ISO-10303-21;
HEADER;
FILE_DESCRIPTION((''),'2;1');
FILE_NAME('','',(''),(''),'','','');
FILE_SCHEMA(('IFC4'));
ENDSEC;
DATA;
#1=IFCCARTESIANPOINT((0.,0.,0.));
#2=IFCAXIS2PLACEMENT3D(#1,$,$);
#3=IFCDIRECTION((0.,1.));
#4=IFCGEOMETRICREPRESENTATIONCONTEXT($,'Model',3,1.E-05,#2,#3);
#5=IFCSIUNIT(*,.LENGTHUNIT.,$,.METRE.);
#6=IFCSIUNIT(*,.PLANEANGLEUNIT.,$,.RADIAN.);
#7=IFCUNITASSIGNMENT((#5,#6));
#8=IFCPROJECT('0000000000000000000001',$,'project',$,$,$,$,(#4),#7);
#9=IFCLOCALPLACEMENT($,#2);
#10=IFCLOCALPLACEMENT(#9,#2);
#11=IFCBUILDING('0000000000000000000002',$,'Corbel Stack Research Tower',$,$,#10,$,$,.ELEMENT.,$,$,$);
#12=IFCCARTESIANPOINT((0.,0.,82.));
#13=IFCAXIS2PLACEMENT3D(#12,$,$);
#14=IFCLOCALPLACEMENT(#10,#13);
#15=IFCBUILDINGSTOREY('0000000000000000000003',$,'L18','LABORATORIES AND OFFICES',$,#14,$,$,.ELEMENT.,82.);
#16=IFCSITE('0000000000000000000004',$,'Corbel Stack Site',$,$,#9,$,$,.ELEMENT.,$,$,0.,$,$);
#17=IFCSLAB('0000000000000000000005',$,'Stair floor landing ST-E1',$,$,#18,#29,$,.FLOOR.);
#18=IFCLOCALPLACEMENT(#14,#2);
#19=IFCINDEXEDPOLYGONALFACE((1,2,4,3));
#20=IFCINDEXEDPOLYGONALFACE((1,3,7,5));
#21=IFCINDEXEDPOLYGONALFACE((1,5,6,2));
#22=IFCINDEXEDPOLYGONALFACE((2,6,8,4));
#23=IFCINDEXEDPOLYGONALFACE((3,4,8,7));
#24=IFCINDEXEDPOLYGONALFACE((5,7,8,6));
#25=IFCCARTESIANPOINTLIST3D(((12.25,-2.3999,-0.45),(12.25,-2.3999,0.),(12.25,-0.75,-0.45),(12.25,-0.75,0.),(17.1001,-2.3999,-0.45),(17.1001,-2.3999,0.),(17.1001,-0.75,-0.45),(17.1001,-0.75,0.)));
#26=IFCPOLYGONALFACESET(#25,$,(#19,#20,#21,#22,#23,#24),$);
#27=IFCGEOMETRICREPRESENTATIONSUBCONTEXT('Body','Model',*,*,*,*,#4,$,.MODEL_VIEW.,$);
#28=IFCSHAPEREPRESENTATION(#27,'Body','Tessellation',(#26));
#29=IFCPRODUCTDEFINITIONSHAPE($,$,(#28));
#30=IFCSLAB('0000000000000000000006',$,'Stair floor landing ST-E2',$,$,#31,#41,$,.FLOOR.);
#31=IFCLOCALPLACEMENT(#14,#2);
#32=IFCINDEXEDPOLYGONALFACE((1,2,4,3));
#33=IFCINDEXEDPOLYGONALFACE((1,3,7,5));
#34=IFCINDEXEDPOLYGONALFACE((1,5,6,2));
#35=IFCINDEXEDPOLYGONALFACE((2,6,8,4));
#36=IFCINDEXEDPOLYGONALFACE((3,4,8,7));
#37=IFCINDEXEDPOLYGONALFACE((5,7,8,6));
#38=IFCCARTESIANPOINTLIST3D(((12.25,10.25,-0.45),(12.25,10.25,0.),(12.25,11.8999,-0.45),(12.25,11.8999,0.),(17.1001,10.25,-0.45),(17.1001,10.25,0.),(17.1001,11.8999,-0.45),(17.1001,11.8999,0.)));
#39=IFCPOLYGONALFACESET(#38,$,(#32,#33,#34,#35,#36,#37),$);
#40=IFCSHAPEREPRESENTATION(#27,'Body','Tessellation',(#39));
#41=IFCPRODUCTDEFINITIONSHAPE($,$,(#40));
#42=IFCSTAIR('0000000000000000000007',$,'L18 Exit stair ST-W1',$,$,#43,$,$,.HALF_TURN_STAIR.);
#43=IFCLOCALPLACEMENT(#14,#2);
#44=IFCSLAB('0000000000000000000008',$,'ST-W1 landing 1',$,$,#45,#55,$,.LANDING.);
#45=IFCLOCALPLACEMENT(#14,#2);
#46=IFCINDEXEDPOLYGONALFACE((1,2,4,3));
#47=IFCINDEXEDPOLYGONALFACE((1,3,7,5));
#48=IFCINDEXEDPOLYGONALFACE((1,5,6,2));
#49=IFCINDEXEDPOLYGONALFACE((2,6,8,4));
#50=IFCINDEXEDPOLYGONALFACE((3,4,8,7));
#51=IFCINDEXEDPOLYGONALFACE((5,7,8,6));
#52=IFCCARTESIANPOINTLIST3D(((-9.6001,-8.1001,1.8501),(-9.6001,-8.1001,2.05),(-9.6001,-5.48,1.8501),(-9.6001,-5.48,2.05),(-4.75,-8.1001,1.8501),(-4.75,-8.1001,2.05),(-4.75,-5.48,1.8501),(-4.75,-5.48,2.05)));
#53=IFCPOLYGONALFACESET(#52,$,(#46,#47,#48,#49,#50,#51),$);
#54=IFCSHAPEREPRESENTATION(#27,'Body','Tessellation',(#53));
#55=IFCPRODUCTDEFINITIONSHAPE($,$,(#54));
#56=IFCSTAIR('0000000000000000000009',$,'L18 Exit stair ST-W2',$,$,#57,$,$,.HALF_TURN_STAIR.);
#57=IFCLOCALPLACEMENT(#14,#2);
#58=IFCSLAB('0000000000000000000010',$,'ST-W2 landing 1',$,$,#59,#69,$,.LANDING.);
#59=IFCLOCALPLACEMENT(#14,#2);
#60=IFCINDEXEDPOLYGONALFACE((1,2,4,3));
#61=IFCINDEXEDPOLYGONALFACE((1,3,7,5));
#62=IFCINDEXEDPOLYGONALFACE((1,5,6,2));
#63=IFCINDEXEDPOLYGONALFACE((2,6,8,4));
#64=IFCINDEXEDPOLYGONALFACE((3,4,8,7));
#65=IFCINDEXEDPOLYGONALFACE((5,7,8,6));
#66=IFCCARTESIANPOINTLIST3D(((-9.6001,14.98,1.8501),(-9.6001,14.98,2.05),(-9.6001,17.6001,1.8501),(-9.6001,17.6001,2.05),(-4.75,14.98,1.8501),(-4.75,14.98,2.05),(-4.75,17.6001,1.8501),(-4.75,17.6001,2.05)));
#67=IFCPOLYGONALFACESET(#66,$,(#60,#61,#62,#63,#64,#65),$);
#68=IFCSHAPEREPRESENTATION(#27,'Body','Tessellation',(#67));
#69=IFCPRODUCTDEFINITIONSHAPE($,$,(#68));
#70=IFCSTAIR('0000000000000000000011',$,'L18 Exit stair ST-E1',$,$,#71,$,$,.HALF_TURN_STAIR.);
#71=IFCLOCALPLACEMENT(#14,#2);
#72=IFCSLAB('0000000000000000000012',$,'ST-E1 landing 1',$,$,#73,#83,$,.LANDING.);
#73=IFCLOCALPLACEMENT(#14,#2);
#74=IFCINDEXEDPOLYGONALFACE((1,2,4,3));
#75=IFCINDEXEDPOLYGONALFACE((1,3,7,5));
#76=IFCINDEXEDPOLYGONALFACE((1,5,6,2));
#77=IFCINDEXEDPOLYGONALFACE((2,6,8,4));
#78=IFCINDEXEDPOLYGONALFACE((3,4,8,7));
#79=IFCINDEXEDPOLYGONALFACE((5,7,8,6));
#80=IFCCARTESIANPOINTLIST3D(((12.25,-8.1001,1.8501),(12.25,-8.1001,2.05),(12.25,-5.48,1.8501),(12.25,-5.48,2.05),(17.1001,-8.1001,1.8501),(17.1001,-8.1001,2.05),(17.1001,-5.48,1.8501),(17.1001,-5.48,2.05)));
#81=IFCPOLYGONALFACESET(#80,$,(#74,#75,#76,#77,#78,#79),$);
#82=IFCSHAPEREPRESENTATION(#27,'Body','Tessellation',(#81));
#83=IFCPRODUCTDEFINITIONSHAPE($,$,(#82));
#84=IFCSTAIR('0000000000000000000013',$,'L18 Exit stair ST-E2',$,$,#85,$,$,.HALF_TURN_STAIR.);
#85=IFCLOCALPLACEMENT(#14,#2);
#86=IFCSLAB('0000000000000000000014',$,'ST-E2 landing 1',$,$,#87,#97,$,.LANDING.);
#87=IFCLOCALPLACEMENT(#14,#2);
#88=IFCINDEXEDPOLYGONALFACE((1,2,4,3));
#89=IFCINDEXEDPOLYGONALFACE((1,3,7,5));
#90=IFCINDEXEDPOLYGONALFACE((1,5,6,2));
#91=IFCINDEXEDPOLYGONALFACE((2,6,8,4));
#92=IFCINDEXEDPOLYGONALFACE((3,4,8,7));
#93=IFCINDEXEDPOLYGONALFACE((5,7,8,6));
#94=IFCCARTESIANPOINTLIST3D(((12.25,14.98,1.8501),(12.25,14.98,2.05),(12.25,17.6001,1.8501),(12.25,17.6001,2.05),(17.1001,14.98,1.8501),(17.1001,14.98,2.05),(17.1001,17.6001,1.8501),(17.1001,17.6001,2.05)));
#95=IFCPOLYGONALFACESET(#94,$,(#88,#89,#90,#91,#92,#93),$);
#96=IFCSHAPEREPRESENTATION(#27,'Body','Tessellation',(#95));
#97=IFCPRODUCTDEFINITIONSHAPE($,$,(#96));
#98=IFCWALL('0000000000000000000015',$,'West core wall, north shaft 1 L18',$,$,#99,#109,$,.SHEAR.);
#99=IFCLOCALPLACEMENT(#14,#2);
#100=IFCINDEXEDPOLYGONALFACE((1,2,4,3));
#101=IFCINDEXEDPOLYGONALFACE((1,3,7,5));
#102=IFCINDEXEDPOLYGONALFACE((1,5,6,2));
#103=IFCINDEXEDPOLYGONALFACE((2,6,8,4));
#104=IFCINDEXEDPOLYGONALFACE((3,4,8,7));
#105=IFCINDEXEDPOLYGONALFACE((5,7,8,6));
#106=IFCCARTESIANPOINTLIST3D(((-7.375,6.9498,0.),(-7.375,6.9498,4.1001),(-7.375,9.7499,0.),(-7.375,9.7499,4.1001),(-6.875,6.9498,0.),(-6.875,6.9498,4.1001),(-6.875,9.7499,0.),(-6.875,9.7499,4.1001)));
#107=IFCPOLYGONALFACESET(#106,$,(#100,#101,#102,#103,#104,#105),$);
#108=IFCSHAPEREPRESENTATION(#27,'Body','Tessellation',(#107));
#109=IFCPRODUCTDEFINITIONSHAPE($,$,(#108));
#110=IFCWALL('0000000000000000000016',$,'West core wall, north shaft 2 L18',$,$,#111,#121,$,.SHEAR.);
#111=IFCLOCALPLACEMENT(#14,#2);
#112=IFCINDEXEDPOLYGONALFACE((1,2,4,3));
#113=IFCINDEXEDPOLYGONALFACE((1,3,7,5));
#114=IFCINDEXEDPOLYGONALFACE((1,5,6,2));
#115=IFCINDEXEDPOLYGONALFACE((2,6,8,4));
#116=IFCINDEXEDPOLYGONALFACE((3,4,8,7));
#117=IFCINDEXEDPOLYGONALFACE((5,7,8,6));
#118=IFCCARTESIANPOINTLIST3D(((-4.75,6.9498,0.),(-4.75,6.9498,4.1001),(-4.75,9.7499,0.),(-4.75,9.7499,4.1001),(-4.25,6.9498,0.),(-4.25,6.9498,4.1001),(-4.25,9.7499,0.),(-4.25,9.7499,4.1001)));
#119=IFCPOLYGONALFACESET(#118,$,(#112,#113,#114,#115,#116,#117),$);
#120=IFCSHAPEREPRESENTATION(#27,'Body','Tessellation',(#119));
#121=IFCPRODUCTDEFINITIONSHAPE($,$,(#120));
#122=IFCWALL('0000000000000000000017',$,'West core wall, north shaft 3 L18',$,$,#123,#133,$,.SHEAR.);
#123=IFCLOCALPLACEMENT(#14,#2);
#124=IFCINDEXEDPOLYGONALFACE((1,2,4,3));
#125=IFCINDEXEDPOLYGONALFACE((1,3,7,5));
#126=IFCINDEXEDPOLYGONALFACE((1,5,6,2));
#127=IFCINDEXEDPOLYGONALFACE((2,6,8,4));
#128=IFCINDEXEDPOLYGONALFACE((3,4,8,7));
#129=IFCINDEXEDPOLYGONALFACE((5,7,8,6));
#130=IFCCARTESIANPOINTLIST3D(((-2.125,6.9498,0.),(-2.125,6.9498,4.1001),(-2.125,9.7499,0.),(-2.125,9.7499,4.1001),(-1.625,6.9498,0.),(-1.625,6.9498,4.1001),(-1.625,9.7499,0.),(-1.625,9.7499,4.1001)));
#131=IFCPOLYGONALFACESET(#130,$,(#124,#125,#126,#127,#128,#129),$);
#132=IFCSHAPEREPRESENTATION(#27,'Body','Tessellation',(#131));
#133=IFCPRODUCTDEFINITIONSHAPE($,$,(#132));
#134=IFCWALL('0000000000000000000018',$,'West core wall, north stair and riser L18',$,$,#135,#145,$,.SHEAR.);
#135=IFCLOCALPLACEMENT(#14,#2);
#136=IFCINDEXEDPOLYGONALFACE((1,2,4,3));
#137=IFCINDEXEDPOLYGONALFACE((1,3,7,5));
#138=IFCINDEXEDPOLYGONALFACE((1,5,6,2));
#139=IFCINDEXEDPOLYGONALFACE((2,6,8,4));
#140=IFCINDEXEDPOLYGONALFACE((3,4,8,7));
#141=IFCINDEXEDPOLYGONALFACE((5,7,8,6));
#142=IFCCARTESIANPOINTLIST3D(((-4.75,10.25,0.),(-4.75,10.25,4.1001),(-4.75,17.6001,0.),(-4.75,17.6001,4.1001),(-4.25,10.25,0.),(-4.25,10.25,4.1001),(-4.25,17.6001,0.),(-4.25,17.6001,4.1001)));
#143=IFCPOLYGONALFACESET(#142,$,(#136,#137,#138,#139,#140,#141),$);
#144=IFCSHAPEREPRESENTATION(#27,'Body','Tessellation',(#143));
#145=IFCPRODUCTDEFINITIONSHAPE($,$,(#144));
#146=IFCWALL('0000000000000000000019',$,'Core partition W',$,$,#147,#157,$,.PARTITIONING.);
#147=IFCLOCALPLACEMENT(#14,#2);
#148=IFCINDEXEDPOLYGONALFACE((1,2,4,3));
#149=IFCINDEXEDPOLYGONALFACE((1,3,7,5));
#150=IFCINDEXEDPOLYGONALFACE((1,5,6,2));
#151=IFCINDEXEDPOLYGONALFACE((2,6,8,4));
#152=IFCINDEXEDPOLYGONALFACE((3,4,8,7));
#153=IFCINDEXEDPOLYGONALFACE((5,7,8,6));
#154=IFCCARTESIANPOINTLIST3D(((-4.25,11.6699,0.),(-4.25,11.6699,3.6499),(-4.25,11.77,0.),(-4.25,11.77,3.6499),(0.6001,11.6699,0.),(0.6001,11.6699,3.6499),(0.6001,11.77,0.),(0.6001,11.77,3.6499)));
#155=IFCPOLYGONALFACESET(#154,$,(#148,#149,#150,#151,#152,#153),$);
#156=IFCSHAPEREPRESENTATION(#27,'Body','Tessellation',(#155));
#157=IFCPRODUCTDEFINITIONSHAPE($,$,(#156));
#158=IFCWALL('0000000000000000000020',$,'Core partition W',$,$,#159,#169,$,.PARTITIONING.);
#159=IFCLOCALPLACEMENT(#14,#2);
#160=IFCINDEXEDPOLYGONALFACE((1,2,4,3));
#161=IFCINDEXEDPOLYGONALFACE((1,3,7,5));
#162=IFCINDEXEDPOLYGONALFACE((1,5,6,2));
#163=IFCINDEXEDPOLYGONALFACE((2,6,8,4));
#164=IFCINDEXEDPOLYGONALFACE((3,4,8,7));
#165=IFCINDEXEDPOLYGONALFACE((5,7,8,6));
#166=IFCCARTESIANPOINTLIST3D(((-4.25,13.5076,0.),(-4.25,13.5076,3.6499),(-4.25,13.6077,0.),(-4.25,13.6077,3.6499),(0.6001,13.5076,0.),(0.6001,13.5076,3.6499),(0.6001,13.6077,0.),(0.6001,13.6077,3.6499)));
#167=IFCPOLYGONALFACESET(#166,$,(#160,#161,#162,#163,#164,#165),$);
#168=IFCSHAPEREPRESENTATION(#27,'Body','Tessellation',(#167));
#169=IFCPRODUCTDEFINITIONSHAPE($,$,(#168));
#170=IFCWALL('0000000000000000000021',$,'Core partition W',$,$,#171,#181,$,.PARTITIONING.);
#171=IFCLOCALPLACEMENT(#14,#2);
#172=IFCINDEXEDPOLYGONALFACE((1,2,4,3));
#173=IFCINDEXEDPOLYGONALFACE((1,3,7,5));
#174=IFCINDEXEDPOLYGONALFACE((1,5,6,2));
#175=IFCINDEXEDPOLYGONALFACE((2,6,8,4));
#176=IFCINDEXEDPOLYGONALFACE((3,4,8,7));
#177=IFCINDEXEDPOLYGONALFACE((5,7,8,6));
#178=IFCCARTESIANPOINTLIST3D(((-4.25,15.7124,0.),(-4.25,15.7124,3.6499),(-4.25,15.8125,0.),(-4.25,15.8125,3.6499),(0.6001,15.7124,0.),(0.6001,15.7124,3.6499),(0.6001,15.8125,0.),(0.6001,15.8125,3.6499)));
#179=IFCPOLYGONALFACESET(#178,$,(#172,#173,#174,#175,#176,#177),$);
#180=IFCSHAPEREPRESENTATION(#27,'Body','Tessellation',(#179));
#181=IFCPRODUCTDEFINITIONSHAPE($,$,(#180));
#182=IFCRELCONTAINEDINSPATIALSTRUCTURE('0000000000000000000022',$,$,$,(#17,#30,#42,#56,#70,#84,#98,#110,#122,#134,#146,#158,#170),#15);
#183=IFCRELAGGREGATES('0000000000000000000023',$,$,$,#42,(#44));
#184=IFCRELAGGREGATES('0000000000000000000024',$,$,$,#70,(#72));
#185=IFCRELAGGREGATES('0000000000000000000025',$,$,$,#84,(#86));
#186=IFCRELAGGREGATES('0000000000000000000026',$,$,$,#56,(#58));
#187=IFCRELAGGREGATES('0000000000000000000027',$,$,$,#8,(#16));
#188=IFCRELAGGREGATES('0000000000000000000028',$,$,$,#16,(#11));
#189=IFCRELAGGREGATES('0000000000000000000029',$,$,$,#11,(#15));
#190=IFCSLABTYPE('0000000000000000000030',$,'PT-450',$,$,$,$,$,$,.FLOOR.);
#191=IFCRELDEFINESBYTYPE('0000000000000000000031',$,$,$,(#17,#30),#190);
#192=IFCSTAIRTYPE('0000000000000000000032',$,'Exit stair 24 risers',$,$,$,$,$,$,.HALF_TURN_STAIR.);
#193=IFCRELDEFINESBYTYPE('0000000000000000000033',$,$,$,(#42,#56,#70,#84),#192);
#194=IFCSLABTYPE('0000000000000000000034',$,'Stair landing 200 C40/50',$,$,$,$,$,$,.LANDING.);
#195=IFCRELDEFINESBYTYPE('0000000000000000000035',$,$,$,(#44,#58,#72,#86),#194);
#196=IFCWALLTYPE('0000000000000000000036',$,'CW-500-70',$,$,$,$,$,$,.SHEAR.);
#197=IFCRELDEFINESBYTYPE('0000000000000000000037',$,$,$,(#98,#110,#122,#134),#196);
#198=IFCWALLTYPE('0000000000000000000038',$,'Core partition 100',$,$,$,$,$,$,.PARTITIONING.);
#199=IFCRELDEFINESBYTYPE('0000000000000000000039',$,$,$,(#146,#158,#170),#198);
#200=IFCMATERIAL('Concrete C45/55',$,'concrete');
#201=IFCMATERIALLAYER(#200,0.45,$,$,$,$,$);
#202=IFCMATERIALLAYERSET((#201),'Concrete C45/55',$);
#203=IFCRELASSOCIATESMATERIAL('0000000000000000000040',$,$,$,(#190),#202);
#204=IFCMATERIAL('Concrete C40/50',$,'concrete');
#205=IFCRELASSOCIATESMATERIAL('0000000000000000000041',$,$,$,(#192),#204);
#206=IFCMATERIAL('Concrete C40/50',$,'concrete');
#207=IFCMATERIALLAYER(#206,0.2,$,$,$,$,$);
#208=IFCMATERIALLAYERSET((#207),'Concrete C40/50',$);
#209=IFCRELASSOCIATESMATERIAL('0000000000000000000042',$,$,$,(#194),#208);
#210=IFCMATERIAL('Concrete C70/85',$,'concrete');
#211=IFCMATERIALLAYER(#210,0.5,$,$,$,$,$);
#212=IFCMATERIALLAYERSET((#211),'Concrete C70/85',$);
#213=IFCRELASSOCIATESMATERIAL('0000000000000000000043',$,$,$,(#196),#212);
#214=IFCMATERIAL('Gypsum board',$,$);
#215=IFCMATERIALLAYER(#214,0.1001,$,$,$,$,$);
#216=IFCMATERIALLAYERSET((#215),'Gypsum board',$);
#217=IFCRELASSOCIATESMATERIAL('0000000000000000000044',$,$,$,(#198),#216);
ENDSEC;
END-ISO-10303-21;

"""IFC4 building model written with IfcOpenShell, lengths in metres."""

from ifc_helpers import new_model, si_unit, direction, frame, frame_2d, origin, place, context, subcontext, project, spatial, polyline, rectangle, outline, extrude, material, layer, layer_set, type_object, element, aggregate, save


model = new_model("IFC4")

# Units and contexts
model_context = context("Model", 3, precision=1e-05, world=origin(), true_north=direction((0.0, 1.0)))
body_context = subcontext(model_context, "Body", "Model", "MODEL_VIEW")
ifc_project = project(units=[si_unit("LENGTHUNIT", "METRE"), si_unit("PLANEANGLEUNIT", "RADIAN")], contexts=[model_context])

# Site, building, storey
site_placement = place(None, origin())
site = spatial("IfcSite", under=ifc_project, at=site_placement, Name="Corbel Stack Site", CompositionType="ELEMENT", RefElevation=0.0)
building_placement = place(site_placement, origin())
building = spatial("IfcBuilding", under=site, at=building_placement, Name="Corbel Stack Research Tower", CompositionType="ELEMENT")
storey_placement = place(building_placement, frame((0.0, 0.0, 82.0)))
storey = spatial("IfcBuildingStorey", under=building, at=storey_placement, Name="L18", Description="LABORATORIES AND OFFICES", CompositionType="ELEMENT", Elevation=82.0)

# Slabs
ifc_material_1 = material(Name="Concrete C45/55", Category="concrete")
ifc_layer_1 = layer(ifc_material_1, 0.45)
ifc_layer_set_1 = layer_set([ifc_layer_1], Name="Concrete C45/55")
slab_type_1 = type_object("IfcSlabType", Name="PT-450", PredefinedType="FLOOR", material=ifc_layer_set_1)
slab_1_placement = place(storey_placement, frame((0.0, 0.0, -0.45)))
element("IfcSlab", 1, at=slab_1_placement, inside=storey, type_object=slab_type_1, Name="Stair floor landing ST-E1", PredefinedType="FLOOR", context=body_context, shape_type="SweptSolid", body=[
    extrude(outline(polyline([(12.25, -2.3999), (17.1001, -2.3999), (17.1001, -0.75), (12.25, -0.75), (12.25, -2.3999)])), origin(), (0.0, 0.0, 1.0), 0.45),
])
slab_2_placement = place(storey_placement, frame((0.0, 0.0, -0.45)))
element("IfcSlab", 2, at=slab_2_placement, inside=storey, type_object=slab_type_1, Name="Stair floor landing ST-E2", PredefinedType="FLOOR", context=body_context, shape_type="SweptSolid", body=[
    extrude(outline(polyline([(12.25, 10.25), (17.1001, 10.25), (17.1001, 11.8999), (12.25, 11.8999), (12.25, 10.25)])), origin(), (0.0, 0.0, 1.0), 0.45),
])

# Stairs, slabs
ifc_material_2 = material(Name="Concrete C40/50", Category="concrete")
stair_type = type_object("IfcStairType", Name="Exit stair 24 risers", PredefinedType="HALF_TURN_STAIR", material=ifc_material_2)
stair_1_placement = place(storey_placement, origin())
stair_1 = element("IfcStair", 3, at=stair_1_placement, inside=storey, type_object=stair_type, Name="L18 Exit stair ST-W1", PredefinedType="HALF_TURN_STAIR")
ifc_material_3 = material(Name="Concrete C40/50", Category="concrete")
ifc_layer_2 = layer(ifc_material_3, 0.2)
ifc_layer_set_2 = layer_set([ifc_layer_2], Name="Concrete C40/50")
slab_type_2 = type_object("IfcSlabType", Name="Stair landing 200 C40/50", PredefinedType="LANDING", material=ifc_layer_set_2)
slab_3_placement = place(storey_placement, frame((0.0, 0.0, 1.8501)))
slab_3 = element("IfcSlab", 4, at=slab_3_placement, type_object=slab_type_2, Name="ST-W1 landing 1", PredefinedType="LANDING", context=body_context, shape_type="SweptSolid", body=[
    extrude(outline(polyline([(-9.6001, -8.1001), (-9.6001, -5.48), (-4.75, -5.48), (-4.75, -8.1001), (-9.6001, -8.1001)])), origin(), (0.0, 0.0, 1.0), 0.2),
])
aggregate(stair_1, [slab_3])
stair_2_placement = place(storey_placement, origin())
stair_2 = element("IfcStair", 5, at=stair_2_placement, inside=storey, type_object=stair_type, Name="L18 Exit stair ST-W2", PredefinedType="HALF_TURN_STAIR")
slab_4_placement = place(storey_placement, frame((0.0, 0.0, 1.8501)))
slab_4 = element("IfcSlab", 6, at=slab_4_placement, type_object=slab_type_2, Name="ST-W2 landing 1", PredefinedType="LANDING", context=body_context, shape_type="SweptSolid", body=[
    extrude(outline(polyline([(-9.6001, 14.98), (-9.6001, 17.6001), (-4.75, 17.6001), (-4.75, 14.98), (-9.6001, 14.98)])), origin(), (0.0, 0.0, 1.0), 0.2),
])
stair_3_placement = place(storey_placement, origin())
stair_3 = element("IfcStair", 7, at=stair_3_placement, inside=storey, type_object=stair_type, Name="L18 Exit stair ST-E1", PredefinedType="HALF_TURN_STAIR")
slab_5_placement = place(storey_placement, frame((0.0, 0.0, 1.8501)))
slab_5 = element("IfcSlab", 8, at=slab_5_placement, type_object=slab_type_2, Name="ST-E1 landing 1", PredefinedType="LANDING", context=body_context, shape_type="SweptSolid", body=[
    extrude(outline(polyline([(12.25, -8.1001), (12.25, -5.48), (17.1001, -5.48), (17.1001, -8.1001), (12.25, -8.1001)])), origin(), (0.0, 0.0, 1.0), 0.2),
])
aggregate(stair_3, [slab_5])
stair_4_placement = place(storey_placement, origin())
stair_4 = element("IfcStair", 9, at=stair_4_placement, inside=storey, type_object=stair_type, Name="L18 Exit stair ST-E2", PredefinedType="HALF_TURN_STAIR")
slab_6_placement = place(storey_placement, frame((0.0, 0.0, 1.8501)))
slab_6 = element("IfcSlab", 10, at=slab_6_placement, type_object=slab_type_2, Name="ST-E2 landing 1", PredefinedType="LANDING", context=body_context, shape_type="SweptSolid", body=[
    extrude(outline(polyline([(12.25, 14.98), (12.25, 17.6001), (17.1001, 17.6001), (17.1001, 14.98), (12.25, 14.98)])), origin(), (0.0, 0.0, 1.0), 0.2),
])
aggregate(stair_4, [slab_6])

# Walls
ifc_material_4 = material(Name="Concrete C70/85", Category="concrete")
ifc_layer_3 = layer(ifc_material_4, 0.5)
ifc_layer_set_3 = layer_set([ifc_layer_3], Name="Concrete C70/85")
wall_type_1 = type_object("IfcWallType", Name="CW-500-70", PredefinedType="SHEAR", material=ifc_layer_set_3)
for number, where, z_axis, x_axis, name in (
    (11, (-7.125, 6.95, 0.0), (0.0, 0.0, 1.0), (0.0, 1.0, 0.0), "West core wall, north shaft 1 L18"),
    (12, (-4.5, 6.95, 0.0), (0.0, 0.0, 1.0), (0.0, 1.0, 0.0), "West core wall, north shaft 2 L18"),
    (13, (-1.875, 6.95, 0.0), (0.0, 0.0, 1.0), (0.0, 1.0, 0.0), "West core wall, north shaft 3 L18"),
):
    element("IfcWall", number, at=place(storey_placement, frame(where, z_axis=z_axis, x_axis=x_axis)), inside=storey, type_object=wall_type_1, Name=name, PredefinedType="SHEAR", context=body_context, shape_type="SweptSolid", body=[
        extrude(rectangle(XDim=2.8, YDim=0.5, at=frame_2d((1.3999, 0.0))), origin(), (0.0, 0.0, 1.0), 4.1001),
    ])
wall_placement = place(storey_placement, frame((-4.5, 10.25, 0.0), z_axis=(0.0, 0.0, 1.0), x_axis=(0.0, 1.0, 0.0)))
element("IfcWall", 14, at=wall_placement, inside=storey, type_object=wall_type_1, Name="West core wall, north stair and riser L18", PredefinedType="SHEAR", context=body_context, shape_type="SweptSolid", body=[
    extrude(rectangle(XDim=7.3501, YDim=0.5, at=frame_2d((3.675, 0.0))), origin(), (0.0, 0.0, 1.0), 4.1001),
])
ifc_material_5 = material(Name="Gypsum board")
ifc_layer_4 = layer(ifc_material_5, 0.1001)
ifc_layer_set_4 = layer_set([ifc_layer_4], Name="Gypsum board")
wall_type_2 = type_object("IfcWallType", Name="Core partition 100", PredefinedType="PARTITIONING", material=ifc_layer_set_4)
for number, where, z_axis, x_axis, name in (
    (15, (-4.25, 11.72, 0.0), (0.0, 0.0, 1.0), (1.0, 0.0, 0.0), "Core partition W"),
    (16, (-4.25, 13.5576, 0.0), (0.0, 0.0, 1.0), (1.0, 0.0, 0.0), "Core partition W"),
    (17, (-4.25, 15.7625, 0.0), (0.0, 0.0, 1.0), (1.0, 0.0, 0.0), "Core partition W"),
):
    element("IfcWall", number, at=place(storey_placement, frame(where, z_axis=z_axis, x_axis=x_axis)), inside=storey, type_object=wall_type_2, Name=name, PredefinedType="PARTITIONING", context=body_context, shape_type="SweptSolid", body=[
        extrude(rectangle(XDim=4.8501, YDim=0.1001, at=frame_2d((2.425, 0.0))), origin(), (0.0, 0.0, 1.0), 3.6499),
    ])

aggregate(stair_2, [slab_4])

save(model, "model.ifc")
